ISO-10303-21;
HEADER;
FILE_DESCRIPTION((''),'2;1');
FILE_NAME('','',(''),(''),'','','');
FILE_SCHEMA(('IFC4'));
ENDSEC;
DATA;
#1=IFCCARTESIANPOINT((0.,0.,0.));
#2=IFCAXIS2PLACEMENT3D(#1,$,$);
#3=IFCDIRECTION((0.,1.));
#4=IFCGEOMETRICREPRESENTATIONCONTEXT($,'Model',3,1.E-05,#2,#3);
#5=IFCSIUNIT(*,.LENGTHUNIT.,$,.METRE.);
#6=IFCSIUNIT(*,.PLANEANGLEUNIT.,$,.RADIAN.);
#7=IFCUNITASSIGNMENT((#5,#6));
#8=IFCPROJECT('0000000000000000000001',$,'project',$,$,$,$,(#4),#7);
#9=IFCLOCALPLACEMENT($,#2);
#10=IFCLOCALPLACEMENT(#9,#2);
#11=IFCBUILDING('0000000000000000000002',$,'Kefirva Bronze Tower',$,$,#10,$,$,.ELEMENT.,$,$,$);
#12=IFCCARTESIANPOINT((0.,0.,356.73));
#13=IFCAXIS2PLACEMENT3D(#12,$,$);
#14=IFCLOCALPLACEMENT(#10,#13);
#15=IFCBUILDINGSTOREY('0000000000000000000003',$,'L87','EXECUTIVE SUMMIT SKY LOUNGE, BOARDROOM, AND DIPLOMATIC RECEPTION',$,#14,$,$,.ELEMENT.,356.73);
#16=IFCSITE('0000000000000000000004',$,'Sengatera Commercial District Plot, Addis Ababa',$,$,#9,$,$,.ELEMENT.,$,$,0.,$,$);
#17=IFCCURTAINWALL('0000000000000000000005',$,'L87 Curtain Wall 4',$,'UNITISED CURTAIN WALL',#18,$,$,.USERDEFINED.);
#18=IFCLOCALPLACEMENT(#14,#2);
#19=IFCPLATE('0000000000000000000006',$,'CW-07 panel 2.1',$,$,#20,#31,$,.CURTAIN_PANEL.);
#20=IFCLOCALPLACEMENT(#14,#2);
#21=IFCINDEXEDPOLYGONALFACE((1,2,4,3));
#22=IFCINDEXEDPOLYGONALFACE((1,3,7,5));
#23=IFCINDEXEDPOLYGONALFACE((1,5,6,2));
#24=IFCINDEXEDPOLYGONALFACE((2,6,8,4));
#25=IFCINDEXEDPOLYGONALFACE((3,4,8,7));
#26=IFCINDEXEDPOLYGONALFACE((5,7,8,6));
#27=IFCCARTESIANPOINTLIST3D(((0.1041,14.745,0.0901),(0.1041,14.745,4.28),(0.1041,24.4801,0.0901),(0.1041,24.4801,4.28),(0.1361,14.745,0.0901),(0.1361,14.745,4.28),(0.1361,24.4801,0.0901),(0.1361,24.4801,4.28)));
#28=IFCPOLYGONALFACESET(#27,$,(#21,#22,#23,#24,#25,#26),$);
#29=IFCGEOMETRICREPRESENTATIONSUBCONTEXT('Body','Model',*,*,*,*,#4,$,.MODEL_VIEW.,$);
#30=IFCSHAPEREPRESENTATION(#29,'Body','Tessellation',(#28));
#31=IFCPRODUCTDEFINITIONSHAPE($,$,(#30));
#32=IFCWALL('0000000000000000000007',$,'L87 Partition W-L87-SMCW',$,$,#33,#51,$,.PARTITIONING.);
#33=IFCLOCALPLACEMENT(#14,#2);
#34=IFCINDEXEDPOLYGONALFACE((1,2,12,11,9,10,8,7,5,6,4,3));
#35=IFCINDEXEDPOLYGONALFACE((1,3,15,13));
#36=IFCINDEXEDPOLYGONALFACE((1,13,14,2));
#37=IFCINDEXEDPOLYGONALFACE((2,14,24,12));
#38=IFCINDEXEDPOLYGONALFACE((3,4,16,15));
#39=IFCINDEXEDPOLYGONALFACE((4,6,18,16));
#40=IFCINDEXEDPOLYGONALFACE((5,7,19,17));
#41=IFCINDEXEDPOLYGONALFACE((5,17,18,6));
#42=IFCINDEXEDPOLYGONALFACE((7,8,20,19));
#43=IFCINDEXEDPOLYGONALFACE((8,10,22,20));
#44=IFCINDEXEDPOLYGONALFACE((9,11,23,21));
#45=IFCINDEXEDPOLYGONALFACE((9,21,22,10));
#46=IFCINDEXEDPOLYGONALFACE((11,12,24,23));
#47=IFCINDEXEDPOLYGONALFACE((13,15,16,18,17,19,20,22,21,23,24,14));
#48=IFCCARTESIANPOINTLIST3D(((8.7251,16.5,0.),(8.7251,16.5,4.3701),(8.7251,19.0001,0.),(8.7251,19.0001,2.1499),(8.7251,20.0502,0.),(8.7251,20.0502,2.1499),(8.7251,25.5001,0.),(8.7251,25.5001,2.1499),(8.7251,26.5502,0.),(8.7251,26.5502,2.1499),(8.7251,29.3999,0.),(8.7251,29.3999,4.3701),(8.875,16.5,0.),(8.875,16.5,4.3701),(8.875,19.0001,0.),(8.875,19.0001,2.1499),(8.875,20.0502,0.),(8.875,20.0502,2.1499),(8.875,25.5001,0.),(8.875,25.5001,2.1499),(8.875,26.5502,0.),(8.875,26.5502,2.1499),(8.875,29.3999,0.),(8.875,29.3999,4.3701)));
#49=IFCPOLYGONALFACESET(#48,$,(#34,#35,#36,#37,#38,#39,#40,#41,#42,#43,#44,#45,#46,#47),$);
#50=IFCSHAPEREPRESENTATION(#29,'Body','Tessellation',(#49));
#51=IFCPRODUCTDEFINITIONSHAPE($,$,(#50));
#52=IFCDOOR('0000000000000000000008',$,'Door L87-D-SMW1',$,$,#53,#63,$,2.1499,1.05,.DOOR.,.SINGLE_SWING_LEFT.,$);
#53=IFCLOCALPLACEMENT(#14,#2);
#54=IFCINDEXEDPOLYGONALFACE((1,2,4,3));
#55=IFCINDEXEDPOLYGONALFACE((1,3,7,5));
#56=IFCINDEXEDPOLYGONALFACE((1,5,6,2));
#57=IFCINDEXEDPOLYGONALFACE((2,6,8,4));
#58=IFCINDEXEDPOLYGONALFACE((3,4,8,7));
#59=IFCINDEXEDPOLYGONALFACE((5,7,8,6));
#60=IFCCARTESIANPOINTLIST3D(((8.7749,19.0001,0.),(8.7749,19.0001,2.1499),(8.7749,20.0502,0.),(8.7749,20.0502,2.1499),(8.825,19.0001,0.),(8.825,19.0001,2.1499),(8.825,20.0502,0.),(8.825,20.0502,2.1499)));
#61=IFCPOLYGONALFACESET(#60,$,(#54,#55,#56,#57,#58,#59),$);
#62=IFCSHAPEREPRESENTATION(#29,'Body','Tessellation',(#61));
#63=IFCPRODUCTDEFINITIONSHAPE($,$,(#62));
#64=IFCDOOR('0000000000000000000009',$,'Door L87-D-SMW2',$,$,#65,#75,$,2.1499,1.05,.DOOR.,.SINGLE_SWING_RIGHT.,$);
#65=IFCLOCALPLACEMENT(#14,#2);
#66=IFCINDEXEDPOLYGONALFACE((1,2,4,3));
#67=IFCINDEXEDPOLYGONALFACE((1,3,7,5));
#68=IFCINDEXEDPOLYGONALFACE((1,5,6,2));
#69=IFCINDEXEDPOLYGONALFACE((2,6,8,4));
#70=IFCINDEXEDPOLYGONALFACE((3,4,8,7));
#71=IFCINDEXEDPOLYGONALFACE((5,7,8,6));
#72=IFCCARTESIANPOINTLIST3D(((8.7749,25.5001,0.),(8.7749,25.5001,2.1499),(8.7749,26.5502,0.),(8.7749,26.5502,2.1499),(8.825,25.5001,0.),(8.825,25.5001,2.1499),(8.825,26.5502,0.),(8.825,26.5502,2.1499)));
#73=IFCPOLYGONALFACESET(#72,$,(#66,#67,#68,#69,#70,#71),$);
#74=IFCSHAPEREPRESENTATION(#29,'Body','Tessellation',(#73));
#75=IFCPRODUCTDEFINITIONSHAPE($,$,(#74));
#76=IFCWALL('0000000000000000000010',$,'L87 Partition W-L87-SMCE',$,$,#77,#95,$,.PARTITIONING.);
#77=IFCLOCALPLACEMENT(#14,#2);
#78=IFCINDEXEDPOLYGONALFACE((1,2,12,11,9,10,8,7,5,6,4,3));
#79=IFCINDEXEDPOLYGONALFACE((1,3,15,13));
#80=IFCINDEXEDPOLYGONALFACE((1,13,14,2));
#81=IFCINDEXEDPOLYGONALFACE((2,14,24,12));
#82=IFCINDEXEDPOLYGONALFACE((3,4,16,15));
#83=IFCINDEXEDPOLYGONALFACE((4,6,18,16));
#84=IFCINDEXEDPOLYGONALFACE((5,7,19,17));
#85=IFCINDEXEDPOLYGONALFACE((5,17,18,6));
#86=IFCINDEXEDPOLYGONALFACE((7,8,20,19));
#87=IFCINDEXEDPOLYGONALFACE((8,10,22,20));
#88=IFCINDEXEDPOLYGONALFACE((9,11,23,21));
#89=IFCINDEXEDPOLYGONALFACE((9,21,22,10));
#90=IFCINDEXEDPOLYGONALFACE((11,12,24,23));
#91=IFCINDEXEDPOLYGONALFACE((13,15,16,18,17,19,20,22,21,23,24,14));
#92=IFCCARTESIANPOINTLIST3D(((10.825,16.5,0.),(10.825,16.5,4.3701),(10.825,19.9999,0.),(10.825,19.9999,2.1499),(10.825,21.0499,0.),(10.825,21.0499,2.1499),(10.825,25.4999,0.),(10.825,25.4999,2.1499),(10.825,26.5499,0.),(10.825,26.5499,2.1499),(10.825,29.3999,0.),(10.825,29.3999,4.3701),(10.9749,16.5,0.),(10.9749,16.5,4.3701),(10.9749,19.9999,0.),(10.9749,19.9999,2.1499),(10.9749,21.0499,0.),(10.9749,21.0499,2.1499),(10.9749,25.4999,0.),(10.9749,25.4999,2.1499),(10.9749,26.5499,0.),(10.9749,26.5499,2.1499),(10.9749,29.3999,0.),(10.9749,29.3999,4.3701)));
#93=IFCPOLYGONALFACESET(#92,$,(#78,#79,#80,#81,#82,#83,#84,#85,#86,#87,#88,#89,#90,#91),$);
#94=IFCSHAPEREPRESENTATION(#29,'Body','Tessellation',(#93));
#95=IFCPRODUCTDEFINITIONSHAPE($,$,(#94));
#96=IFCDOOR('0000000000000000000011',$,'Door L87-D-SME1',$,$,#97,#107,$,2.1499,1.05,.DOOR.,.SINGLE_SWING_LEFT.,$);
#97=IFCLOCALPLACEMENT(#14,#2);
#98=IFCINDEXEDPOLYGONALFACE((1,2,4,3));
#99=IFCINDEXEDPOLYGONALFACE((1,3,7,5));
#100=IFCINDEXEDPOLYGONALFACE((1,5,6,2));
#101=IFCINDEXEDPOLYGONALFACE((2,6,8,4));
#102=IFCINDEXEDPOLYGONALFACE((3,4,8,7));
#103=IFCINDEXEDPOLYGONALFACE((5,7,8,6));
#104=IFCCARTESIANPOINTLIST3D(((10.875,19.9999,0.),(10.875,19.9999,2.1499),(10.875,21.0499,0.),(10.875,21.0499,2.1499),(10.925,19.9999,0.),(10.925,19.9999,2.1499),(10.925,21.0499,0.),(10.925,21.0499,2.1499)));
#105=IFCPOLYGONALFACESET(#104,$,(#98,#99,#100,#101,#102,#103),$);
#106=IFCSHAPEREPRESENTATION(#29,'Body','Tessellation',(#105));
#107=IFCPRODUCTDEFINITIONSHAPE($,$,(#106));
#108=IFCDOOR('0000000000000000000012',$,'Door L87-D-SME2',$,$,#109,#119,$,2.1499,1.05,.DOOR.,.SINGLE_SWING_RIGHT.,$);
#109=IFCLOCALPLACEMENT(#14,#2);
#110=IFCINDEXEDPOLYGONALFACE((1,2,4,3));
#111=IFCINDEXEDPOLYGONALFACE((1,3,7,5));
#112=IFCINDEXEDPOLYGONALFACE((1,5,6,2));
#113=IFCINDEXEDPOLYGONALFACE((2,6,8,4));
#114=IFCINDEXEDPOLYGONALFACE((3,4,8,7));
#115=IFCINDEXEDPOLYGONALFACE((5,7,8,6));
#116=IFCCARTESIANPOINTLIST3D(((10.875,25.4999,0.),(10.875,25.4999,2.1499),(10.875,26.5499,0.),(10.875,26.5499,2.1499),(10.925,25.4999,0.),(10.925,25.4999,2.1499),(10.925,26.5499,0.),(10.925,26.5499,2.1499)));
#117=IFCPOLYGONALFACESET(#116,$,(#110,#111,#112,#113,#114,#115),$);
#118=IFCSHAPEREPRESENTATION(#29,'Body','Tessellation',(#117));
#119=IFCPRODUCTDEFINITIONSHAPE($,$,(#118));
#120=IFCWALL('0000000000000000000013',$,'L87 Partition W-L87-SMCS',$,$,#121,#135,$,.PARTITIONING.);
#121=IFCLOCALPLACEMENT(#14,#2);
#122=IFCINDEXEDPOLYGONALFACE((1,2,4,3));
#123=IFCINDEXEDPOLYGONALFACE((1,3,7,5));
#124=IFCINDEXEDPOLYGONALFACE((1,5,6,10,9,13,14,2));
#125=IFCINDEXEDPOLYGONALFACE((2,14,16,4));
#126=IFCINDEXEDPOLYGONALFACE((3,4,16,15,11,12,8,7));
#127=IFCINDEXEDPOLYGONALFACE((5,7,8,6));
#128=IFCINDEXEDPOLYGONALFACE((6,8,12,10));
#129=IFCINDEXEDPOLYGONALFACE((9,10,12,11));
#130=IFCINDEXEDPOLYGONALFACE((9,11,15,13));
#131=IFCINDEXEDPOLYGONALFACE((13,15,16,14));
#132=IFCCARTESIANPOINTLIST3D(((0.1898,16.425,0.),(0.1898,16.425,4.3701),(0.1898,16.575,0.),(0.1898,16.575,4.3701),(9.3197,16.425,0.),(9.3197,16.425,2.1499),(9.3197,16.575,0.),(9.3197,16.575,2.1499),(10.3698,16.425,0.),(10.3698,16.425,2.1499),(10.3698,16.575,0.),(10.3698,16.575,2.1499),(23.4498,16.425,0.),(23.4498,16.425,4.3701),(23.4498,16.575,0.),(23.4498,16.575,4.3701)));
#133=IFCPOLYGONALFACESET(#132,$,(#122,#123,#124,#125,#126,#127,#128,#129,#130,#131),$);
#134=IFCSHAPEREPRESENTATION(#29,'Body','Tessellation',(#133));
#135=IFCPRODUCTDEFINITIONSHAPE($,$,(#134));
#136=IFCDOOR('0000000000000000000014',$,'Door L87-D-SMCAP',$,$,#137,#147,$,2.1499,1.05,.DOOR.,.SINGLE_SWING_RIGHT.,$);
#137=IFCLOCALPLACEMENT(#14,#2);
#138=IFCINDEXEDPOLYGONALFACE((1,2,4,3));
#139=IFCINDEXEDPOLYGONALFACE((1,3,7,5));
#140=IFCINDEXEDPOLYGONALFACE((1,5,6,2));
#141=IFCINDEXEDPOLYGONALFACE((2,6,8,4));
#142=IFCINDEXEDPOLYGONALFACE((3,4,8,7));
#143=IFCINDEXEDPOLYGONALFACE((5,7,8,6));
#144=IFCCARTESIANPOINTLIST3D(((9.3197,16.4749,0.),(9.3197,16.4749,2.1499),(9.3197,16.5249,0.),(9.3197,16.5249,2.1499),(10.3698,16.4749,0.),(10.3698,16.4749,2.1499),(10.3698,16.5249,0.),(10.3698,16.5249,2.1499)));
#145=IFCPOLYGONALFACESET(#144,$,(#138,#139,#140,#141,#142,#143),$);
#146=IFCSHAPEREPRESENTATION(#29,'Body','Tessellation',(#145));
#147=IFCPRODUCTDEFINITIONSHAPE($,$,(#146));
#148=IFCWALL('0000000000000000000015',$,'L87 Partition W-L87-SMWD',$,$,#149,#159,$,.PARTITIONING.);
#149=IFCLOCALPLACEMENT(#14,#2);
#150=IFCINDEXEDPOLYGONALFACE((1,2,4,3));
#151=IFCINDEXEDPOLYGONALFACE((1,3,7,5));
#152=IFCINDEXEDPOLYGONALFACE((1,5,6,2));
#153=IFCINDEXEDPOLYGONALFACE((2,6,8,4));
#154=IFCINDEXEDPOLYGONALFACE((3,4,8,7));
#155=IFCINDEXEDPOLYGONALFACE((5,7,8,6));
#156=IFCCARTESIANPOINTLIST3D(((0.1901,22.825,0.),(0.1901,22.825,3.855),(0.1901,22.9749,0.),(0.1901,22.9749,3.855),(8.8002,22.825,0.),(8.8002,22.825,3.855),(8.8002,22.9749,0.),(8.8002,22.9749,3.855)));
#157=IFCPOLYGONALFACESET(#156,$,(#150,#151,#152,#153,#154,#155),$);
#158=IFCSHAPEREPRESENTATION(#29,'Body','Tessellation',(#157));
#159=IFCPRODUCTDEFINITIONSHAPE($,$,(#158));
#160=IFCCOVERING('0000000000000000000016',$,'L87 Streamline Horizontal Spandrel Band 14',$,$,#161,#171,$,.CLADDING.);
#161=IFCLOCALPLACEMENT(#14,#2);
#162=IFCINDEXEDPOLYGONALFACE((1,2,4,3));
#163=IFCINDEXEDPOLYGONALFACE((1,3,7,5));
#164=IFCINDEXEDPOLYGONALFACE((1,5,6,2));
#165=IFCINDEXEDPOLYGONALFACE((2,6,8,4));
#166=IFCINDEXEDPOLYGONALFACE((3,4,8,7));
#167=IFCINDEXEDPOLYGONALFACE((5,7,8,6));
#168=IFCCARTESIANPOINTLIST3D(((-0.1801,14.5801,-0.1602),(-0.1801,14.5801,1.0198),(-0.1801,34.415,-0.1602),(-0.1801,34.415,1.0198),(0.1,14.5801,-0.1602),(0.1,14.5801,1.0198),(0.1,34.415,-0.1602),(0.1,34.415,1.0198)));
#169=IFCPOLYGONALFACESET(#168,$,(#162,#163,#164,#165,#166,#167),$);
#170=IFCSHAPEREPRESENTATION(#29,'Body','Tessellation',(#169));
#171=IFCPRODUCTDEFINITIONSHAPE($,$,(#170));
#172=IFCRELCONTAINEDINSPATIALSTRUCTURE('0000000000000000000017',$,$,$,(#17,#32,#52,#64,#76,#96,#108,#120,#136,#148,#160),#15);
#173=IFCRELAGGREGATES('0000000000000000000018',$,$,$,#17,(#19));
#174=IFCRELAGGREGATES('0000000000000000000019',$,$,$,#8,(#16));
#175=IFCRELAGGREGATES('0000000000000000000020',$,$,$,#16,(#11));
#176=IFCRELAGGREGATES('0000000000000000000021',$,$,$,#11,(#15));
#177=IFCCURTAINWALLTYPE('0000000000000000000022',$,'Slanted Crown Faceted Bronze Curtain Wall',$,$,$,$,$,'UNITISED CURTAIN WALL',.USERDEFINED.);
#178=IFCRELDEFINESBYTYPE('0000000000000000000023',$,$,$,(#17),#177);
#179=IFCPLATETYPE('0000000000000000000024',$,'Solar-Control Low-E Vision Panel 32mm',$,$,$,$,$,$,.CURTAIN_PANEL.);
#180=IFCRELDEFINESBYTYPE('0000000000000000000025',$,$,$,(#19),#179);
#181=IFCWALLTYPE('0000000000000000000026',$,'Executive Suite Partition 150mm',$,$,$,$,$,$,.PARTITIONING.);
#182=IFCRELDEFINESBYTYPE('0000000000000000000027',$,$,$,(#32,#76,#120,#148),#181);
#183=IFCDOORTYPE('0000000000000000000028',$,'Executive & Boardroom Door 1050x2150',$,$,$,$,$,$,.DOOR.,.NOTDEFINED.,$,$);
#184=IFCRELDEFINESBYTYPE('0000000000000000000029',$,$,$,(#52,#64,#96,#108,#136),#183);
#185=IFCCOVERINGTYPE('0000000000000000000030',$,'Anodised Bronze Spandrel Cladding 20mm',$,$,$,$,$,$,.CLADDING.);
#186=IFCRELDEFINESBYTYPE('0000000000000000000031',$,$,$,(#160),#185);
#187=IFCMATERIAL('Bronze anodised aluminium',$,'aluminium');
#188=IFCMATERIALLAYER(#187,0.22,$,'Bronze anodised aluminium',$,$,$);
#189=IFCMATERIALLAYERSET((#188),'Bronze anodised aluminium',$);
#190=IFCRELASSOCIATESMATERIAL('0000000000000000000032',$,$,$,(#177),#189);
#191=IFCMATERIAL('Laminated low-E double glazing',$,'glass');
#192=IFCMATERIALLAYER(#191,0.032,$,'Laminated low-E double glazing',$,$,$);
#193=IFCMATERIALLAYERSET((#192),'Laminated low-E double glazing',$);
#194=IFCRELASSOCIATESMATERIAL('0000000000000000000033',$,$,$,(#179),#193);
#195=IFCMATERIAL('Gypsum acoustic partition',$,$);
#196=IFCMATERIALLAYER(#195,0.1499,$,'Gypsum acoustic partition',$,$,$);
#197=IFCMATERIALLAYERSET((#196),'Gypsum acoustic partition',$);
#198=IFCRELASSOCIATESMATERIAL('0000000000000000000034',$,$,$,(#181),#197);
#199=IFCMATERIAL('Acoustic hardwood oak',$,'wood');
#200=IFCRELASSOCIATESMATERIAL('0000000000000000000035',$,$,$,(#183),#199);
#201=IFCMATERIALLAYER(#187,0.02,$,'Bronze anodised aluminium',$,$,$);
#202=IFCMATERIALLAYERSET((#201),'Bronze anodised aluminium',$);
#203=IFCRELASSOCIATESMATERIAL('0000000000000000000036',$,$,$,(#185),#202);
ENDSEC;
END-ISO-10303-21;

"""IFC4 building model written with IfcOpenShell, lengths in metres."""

from ifc_helpers import new_model, si_unit, direction, frame, frame_2d, origin, origin_2d, place, context, subcontext, project, spatial, rectangle, extrude, material, layer, layer_set, type_object, element, fill, aggregate, save


model = new_model("IFC4")

# Units and contexts
model_context = context("Model", 3, precision=1e-05, world=origin(), true_north=direction((0.0, 1.0)))
body_context = subcontext(model_context, "Body", "Model", "MODEL_VIEW")
ifc_project = project(units=[si_unit("LENGTHUNIT", "METRE"), si_unit("PLANEANGLEUNIT", "RADIAN")], contexts=[model_context])

# Site, building, storey
site_placement = place(None, origin())
site = spatial("IfcSite", under=ifc_project, at=site_placement, Name="Sengatera Commercial District Plot, Addis Ababa", CompositionType="ELEMENT", RefElevation=0.0)
building_placement = place(site_placement, origin())
building = spatial("IfcBuilding", under=site, at=building_placement, Name="Kefirva Bronze Tower", CompositionType="ELEMENT")
storey_placement = place(building_placement, frame((0.0, 0.0, 356.73)))
storey = spatial("IfcBuildingStorey", under=building, at=storey_placement, Name="L87", Description="EXECUTIVE SUMMIT SKY LOUNGE, BOARDROOM, AND DIPLOMATIC RECEPTION", CompositionType="ELEMENT", Elevation=356.73)

# Curtain wall
ifc_material_1 = material(Name="Bronze anodised aluminium", Category="aluminium")
ifc_layer_1 = layer(ifc_material_1, 0.22, Name="Bronze anodised aluminium")
ifc_layer_set_1 = layer_set([ifc_layer_1], Name="Bronze anodised aluminium")
curtain_wall_type = type_object("IfcCurtainWallType", Name="Slanted Crown Faceted Bronze Curtain Wall", ElementType="UNITISED CURTAIN WALL", PredefinedType="USERDEFINED", material=ifc_layer_set_1)
curtain_wall_placement = place(storey_placement, origin())
curtain_wall = element("IfcCurtainWall", 1, at=curtain_wall_placement, inside=storey, type_object=curtain_wall_type, Name="L87 Curtain Wall 4", ObjectType="UNITISED CURTAIN WALL", PredefinedType="USERDEFINED")

# Plate
ifc_material_2 = material(Name="Laminated low-E double glazing", Category="glass")
ifc_layer_2 = layer(ifc_material_2, 0.032, Name="Laminated low-E double glazing")
ifc_layer_set_2 = layer_set([ifc_layer_2], Name="Laminated low-E double glazing")
plate_type = type_object("IfcPlateType", Name="Solar-Control Low-E Vision Panel 32mm", PredefinedType="CURTAIN_PANEL", material=ifc_layer_set_2)
plate_placement = place(storey_placement, frame((0.1201, 19.6125, 0.0901), z_axis=(0.0, 0.0, 1.0), x_axis=(0.0, -1.0, 0.0)))
plate = element("IfcPlate", 2, at=plate_placement, type_object=plate_type, Name="CW-07 panel 2.1", PredefinedType="CURTAIN_PANEL", context=body_context, shape_type="SweptSolid", body=[
    extrude(rectangle(XDim=9.7351, YDim=0.032, at=origin_2d()), origin(), (0.0, 0.0, 1.0), 4.1899),
])
aggregate(curtain_wall, [plate])

# Walls, openings, doors
ifc_material_3 = material(Name="Gypsum acoustic partition")
ifc_layer_3 = layer(ifc_material_3, 0.1499, Name="Gypsum acoustic partition")
ifc_layer_set_3 = layer_set([ifc_layer_3], Name="Gypsum acoustic partition")
wall_type = type_object("IfcWallType", Name="Executive Suite Partition 150mm", PredefinedType="PARTITIONING", material=ifc_layer_set_3)
wall_1_placement = place(storey_placement, frame((8.8, 16.5, 0.0), z_axis=(0.0, 0.0, 1.0), x_axis=(0.0, 1.0, 0.0)))
wall_1 = element("IfcWall", 3, at=wall_1_placement, inside=storey, type_object=wall_type, Name="L87 Partition W-L87-SMCW", PredefinedType="PARTITIONING", context=body_context, shape_type="SweptSolid", body=[
    extrude(rectangle(XDim=12.8999, YDim=0.1499, at=frame_2d((6.45, 0.0))), origin(), (0.0, 0.0, 1.0), 4.3701),
])
opening_1_placement = place(wall_1_placement, frame((3.55, 0.0, 0.0), z_axis=(0.0, 0.0, 1.0), x_axis=(-1.0, 0.0, 0.0)))
opening_1 = element("IfcOpeningElement", 4, at=opening_1_placement, cuts=wall_1, PredefinedType="OPENING", context=body_context, shape_type="SweptSolid", body=[
    extrude(rectangle(XDim=1.05, YDim=2.1499, at=frame_2d((0.5249, 1.075))), frame((0.0, 0.085, 0.0), z_axis=(0.0, -1.0, 0.0), x_axis=(1.0, 0.0, 0.0)), (0.0, 0.0, 1.0), 0.1699),
])
opening_2_placement = place(wall_1_placement, frame((10.05, 0.0, 0.0), z_axis=(0.0, 0.0, 1.0), x_axis=(-1.0, 0.0, 0.0)))
opening_2 = element("IfcOpeningElement", 5, at=opening_2_placement, cuts=wall_1, PredefinedType="OPENING", context=body_context, shape_type="SweptSolid", body=[
    extrude(rectangle(XDim=1.05, YDim=2.1499, at=frame_2d((0.5249, 1.075))), frame((0.0, 0.085, 0.0), z_axis=(0.0, -1.0, 0.0), x_axis=(1.0, 0.0, 0.0)), (0.0, 0.0, 1.0), 0.1699),
])
ifc_material_4 = material(Name="Acoustic hardwood oak", Category="wood")
door_type = type_object("IfcDoorType", Name="Executive & Boardroom Door 1050x2150", OperationType="NOTDEFINED", PredefinedType="DOOR", material=ifc_material_4)
door_1_placement = place(opening_1_placement, origin())
door_1 = element("IfcDoor", 6, at=door_1_placement, inside=storey, type_object=door_type, Name="Door L87-D-SMW1", OperationType="SINGLE_SWING_LEFT", OverallHeight=2.1499, OverallWidth=1.05, PredefinedType="DOOR", context=body_context, shape_type="SweptSolid", body=[
    extrude(rectangle(XDim=1.05, YDim=2.1499, at=frame_2d((0.5249, 1.075))), frame((0.0, 0.0249, 0.0), z_axis=(0.0, -1.0, 0.0), x_axis=(1.0, 0.0, 0.0)), (0.0, 0.0, 1.0), 0.05),
])
fill(opening_1, door_1)
door_2_placement = place(opening_2_placement, origin())
door_2 = element("IfcDoor", 7, at=door_2_placement, inside=storey, type_object=door_type, Name="Door L87-D-SMW2", OperationType="SINGLE_SWING_RIGHT", OverallHeight=2.1499, OverallWidth=1.05, PredefinedType="DOOR", context=body_context, shape_type="SweptSolid", body=[
    extrude(rectangle(XDim=1.05, YDim=2.1499, at=frame_2d((0.5249, 1.075))), frame((0.0, 0.0249, 0.0), z_axis=(0.0, -1.0, 0.0), x_axis=(1.0, 0.0, 0.0)), (0.0, 0.0, 1.0), 0.05),
])
fill(opening_2, door_2)
wall_2_placement = place(storey_placement, frame((10.8999, 16.5, 0.0), z_axis=(0.0, 0.0, 1.0), x_axis=(0.0, 1.0, 0.0)))
wall_2 = element("IfcWall", 8, at=wall_2_placement, inside=storey, type_object=wall_type, Name="L87 Partition W-L87-SMCE", PredefinedType="PARTITIONING", context=body_context, shape_type="SweptSolid", body=[
    extrude(rectangle(XDim=12.8999, YDim=0.1499, at=frame_2d((6.45, 0.0))), origin(), (0.0, 0.0, 1.0), 4.3701),
])
opening_3_placement = place(wall_2_placement, frame((3.5, 0.0, 0.0)))
opening_3 = element("IfcOpeningElement", 9, at=opening_3_placement, cuts=wall_2, PredefinedType="OPENING", context=body_context, shape_type="SweptSolid", body=[
    extrude(rectangle(XDim=1.05, YDim=2.1499, at=frame_2d((0.5249, 1.075))), frame((0.0, 0.085, 0.0), z_axis=(0.0, -1.0, 0.0), x_axis=(1.0, 0.0, 0.0)), (0.0, 0.0, 1.0), 0.1699),
])
opening_4_placement = place(wall_2_placement, frame((9.0, 0.0, 0.0)))
opening_4 = element("IfcOpeningElement", 10, at=opening_4_placement, cuts=wall_2, PredefinedType="OPENING", context=body_context, shape_type="SweptSolid", body=[
    extrude(rectangle(XDim=1.05, YDim=2.1499, at=frame_2d((0.5249, 1.075))), frame((0.0, 0.085, 0.0), z_axis=(0.0, -1.0, 0.0), x_axis=(1.0, 0.0, 0.0)), (0.0, 0.0, 1.0), 0.1699),
])
door_3_placement = place(opening_3_placement, origin())
door_3 = element("IfcDoor", 11, at=door_3_placement, inside=storey, type_object=door_type, Name="Door L87-D-SME1", OperationType="SINGLE_SWING_LEFT", OverallHeight=2.1499, OverallWidth=1.05, PredefinedType="DOOR", context=body_context, shape_type="SweptSolid", body=[
    extrude(rectangle(XDim=1.05, YDim=2.1499, at=frame_2d((0.5249, 1.075))), frame((0.0, 0.0249, 0.0), z_axis=(0.0, -1.0, 0.0), x_axis=(1.0, 0.0, 0.0)), (0.0, 0.0, 1.0), 0.05),
])
fill(opening_3, door_3)
door_4_placement = place(opening_4_placement, origin())
door_4 = element("IfcDoor", 12, at=door_4_placement, inside=storey, type_object=door_type, Name="Door L87-D-SME2", OperationType="SINGLE_SWING_RIGHT", OverallHeight=2.1499, OverallWidth=1.05, PredefinedType="DOOR", context=body_context, shape_type="SweptSolid", body=[
    extrude(rectangle(XDim=1.05, YDim=2.1499, at=frame_2d((0.5249, 1.075))), frame((0.0, 0.0249, 0.0), z_axis=(0.0, -1.0, 0.0), x_axis=(1.0, 0.0, 0.0)), (0.0, 0.0, 1.0), 0.05),
])
fill(opening_4, door_4)

# Wall, opening, door
wall_3_placement = place(storey_placement, frame((0.1899, 16.5, 0.0), z_axis=(0.0, 0.0, 1.0), x_axis=(1.0, 0.0, 0.0)))
wall_3 = element("IfcWall", 13, at=wall_3_placement, inside=storey, type_object=wall_type, Name="L87 Partition W-L87-SMCS", PredefinedType="PARTITIONING", context=body_context, shape_type="SweptSolid", body=[
    extrude(rectangle(XDim=23.26, YDim=0.1499, at=frame_2d((11.6299, 0.0))), origin(), (0.0, 0.0, 1.0), 4.3701),
])
opening_5_placement = place(wall_3_placement, frame((9.1299, 0.0, 0.0)))
opening_5 = element("IfcOpeningElement", 14, at=opening_5_placement, cuts=wall_3, PredefinedType="OPENING", context=body_context, shape_type="SweptSolid", body=[
    extrude(rectangle(XDim=1.05, YDim=2.1499, at=frame_2d((0.5249, 1.075))), frame((0.0, 0.085, 0.0), z_axis=(0.0, -1.0, 0.0), x_axis=(1.0, 0.0, 0.0)), (0.0, 0.0, 1.0), 0.1699),
])
door_5_placement = place(opening_5_placement, origin())
door_5 = element("IfcDoor", 15, at=door_5_placement, inside=storey, type_object=door_type, Name="Door L87-D-SMCAP", OperationType="SINGLE_SWING_RIGHT", OverallHeight=2.1499, OverallWidth=1.05, PredefinedType="DOOR", context=body_context, shape_type="SweptSolid", body=[
    extrude(rectangle(XDim=1.05, YDim=2.1499, at=frame_2d((0.5249, 1.075))), frame((0.0, 0.0249, 0.0), z_axis=(0.0, -1.0, 0.0), x_axis=(1.0, 0.0, 0.0)), (0.0, 0.0, 1.0), 0.05),
])
fill(opening_5, door_5)

# Wall
wall_4_placement = place(storey_placement, frame((0.1899, 22.8999, 0.0), z_axis=(0.0, 0.0, 1.0), x_axis=(1.0, 0.0, 0.0)))
element("IfcWall", 16, at=wall_4_placement, inside=storey, type_object=wall_type, Name="L87 Partition W-L87-SMWD", PredefinedType="PARTITIONING", context=body_context, shape_type="SweptSolid", body=[
    extrude(rectangle(XDim=8.6101, YDim=0.1499, at=frame_2d((4.3052, 0.0))), origin(), (0.0, 0.0, 1.0), 3.855),
])

# Covering
ifc_layer_4 = layer(ifc_material_1, 0.02, Name="Bronze anodised aluminium")
ifc_layer_set_4 = layer_set([ifc_layer_4], Name="Bronze anodised aluminium")
covering_type_1 = type_object("IfcCoveringType", Name="Anodised Bronze Spandrel Cladding 20mm", PredefinedType="CLADDING", material=ifc_layer_set_4)
covering_1_placement = place(storey_placement, frame((-0.04, 24.4976, -0.1602), z_axis=(0.0, 0.0, 1.0), x_axis=(0.0, -1.0, 0.0)))
element("IfcCovering", 17, at=covering_1_placement, inside=storey, type_object=covering_type_1, Name="L87 Streamline Horizontal Spandrel Band 14", PredefinedType="CLADDING", context=body_context, shape_type="SweptSolid", body=[
    extrude(rectangle(XDim=19.835, YDim=0.28, at=origin_2d()), origin(), (0.0, 0.0, 1.0), 1.1799),
])

save(model, "model.ifc")
